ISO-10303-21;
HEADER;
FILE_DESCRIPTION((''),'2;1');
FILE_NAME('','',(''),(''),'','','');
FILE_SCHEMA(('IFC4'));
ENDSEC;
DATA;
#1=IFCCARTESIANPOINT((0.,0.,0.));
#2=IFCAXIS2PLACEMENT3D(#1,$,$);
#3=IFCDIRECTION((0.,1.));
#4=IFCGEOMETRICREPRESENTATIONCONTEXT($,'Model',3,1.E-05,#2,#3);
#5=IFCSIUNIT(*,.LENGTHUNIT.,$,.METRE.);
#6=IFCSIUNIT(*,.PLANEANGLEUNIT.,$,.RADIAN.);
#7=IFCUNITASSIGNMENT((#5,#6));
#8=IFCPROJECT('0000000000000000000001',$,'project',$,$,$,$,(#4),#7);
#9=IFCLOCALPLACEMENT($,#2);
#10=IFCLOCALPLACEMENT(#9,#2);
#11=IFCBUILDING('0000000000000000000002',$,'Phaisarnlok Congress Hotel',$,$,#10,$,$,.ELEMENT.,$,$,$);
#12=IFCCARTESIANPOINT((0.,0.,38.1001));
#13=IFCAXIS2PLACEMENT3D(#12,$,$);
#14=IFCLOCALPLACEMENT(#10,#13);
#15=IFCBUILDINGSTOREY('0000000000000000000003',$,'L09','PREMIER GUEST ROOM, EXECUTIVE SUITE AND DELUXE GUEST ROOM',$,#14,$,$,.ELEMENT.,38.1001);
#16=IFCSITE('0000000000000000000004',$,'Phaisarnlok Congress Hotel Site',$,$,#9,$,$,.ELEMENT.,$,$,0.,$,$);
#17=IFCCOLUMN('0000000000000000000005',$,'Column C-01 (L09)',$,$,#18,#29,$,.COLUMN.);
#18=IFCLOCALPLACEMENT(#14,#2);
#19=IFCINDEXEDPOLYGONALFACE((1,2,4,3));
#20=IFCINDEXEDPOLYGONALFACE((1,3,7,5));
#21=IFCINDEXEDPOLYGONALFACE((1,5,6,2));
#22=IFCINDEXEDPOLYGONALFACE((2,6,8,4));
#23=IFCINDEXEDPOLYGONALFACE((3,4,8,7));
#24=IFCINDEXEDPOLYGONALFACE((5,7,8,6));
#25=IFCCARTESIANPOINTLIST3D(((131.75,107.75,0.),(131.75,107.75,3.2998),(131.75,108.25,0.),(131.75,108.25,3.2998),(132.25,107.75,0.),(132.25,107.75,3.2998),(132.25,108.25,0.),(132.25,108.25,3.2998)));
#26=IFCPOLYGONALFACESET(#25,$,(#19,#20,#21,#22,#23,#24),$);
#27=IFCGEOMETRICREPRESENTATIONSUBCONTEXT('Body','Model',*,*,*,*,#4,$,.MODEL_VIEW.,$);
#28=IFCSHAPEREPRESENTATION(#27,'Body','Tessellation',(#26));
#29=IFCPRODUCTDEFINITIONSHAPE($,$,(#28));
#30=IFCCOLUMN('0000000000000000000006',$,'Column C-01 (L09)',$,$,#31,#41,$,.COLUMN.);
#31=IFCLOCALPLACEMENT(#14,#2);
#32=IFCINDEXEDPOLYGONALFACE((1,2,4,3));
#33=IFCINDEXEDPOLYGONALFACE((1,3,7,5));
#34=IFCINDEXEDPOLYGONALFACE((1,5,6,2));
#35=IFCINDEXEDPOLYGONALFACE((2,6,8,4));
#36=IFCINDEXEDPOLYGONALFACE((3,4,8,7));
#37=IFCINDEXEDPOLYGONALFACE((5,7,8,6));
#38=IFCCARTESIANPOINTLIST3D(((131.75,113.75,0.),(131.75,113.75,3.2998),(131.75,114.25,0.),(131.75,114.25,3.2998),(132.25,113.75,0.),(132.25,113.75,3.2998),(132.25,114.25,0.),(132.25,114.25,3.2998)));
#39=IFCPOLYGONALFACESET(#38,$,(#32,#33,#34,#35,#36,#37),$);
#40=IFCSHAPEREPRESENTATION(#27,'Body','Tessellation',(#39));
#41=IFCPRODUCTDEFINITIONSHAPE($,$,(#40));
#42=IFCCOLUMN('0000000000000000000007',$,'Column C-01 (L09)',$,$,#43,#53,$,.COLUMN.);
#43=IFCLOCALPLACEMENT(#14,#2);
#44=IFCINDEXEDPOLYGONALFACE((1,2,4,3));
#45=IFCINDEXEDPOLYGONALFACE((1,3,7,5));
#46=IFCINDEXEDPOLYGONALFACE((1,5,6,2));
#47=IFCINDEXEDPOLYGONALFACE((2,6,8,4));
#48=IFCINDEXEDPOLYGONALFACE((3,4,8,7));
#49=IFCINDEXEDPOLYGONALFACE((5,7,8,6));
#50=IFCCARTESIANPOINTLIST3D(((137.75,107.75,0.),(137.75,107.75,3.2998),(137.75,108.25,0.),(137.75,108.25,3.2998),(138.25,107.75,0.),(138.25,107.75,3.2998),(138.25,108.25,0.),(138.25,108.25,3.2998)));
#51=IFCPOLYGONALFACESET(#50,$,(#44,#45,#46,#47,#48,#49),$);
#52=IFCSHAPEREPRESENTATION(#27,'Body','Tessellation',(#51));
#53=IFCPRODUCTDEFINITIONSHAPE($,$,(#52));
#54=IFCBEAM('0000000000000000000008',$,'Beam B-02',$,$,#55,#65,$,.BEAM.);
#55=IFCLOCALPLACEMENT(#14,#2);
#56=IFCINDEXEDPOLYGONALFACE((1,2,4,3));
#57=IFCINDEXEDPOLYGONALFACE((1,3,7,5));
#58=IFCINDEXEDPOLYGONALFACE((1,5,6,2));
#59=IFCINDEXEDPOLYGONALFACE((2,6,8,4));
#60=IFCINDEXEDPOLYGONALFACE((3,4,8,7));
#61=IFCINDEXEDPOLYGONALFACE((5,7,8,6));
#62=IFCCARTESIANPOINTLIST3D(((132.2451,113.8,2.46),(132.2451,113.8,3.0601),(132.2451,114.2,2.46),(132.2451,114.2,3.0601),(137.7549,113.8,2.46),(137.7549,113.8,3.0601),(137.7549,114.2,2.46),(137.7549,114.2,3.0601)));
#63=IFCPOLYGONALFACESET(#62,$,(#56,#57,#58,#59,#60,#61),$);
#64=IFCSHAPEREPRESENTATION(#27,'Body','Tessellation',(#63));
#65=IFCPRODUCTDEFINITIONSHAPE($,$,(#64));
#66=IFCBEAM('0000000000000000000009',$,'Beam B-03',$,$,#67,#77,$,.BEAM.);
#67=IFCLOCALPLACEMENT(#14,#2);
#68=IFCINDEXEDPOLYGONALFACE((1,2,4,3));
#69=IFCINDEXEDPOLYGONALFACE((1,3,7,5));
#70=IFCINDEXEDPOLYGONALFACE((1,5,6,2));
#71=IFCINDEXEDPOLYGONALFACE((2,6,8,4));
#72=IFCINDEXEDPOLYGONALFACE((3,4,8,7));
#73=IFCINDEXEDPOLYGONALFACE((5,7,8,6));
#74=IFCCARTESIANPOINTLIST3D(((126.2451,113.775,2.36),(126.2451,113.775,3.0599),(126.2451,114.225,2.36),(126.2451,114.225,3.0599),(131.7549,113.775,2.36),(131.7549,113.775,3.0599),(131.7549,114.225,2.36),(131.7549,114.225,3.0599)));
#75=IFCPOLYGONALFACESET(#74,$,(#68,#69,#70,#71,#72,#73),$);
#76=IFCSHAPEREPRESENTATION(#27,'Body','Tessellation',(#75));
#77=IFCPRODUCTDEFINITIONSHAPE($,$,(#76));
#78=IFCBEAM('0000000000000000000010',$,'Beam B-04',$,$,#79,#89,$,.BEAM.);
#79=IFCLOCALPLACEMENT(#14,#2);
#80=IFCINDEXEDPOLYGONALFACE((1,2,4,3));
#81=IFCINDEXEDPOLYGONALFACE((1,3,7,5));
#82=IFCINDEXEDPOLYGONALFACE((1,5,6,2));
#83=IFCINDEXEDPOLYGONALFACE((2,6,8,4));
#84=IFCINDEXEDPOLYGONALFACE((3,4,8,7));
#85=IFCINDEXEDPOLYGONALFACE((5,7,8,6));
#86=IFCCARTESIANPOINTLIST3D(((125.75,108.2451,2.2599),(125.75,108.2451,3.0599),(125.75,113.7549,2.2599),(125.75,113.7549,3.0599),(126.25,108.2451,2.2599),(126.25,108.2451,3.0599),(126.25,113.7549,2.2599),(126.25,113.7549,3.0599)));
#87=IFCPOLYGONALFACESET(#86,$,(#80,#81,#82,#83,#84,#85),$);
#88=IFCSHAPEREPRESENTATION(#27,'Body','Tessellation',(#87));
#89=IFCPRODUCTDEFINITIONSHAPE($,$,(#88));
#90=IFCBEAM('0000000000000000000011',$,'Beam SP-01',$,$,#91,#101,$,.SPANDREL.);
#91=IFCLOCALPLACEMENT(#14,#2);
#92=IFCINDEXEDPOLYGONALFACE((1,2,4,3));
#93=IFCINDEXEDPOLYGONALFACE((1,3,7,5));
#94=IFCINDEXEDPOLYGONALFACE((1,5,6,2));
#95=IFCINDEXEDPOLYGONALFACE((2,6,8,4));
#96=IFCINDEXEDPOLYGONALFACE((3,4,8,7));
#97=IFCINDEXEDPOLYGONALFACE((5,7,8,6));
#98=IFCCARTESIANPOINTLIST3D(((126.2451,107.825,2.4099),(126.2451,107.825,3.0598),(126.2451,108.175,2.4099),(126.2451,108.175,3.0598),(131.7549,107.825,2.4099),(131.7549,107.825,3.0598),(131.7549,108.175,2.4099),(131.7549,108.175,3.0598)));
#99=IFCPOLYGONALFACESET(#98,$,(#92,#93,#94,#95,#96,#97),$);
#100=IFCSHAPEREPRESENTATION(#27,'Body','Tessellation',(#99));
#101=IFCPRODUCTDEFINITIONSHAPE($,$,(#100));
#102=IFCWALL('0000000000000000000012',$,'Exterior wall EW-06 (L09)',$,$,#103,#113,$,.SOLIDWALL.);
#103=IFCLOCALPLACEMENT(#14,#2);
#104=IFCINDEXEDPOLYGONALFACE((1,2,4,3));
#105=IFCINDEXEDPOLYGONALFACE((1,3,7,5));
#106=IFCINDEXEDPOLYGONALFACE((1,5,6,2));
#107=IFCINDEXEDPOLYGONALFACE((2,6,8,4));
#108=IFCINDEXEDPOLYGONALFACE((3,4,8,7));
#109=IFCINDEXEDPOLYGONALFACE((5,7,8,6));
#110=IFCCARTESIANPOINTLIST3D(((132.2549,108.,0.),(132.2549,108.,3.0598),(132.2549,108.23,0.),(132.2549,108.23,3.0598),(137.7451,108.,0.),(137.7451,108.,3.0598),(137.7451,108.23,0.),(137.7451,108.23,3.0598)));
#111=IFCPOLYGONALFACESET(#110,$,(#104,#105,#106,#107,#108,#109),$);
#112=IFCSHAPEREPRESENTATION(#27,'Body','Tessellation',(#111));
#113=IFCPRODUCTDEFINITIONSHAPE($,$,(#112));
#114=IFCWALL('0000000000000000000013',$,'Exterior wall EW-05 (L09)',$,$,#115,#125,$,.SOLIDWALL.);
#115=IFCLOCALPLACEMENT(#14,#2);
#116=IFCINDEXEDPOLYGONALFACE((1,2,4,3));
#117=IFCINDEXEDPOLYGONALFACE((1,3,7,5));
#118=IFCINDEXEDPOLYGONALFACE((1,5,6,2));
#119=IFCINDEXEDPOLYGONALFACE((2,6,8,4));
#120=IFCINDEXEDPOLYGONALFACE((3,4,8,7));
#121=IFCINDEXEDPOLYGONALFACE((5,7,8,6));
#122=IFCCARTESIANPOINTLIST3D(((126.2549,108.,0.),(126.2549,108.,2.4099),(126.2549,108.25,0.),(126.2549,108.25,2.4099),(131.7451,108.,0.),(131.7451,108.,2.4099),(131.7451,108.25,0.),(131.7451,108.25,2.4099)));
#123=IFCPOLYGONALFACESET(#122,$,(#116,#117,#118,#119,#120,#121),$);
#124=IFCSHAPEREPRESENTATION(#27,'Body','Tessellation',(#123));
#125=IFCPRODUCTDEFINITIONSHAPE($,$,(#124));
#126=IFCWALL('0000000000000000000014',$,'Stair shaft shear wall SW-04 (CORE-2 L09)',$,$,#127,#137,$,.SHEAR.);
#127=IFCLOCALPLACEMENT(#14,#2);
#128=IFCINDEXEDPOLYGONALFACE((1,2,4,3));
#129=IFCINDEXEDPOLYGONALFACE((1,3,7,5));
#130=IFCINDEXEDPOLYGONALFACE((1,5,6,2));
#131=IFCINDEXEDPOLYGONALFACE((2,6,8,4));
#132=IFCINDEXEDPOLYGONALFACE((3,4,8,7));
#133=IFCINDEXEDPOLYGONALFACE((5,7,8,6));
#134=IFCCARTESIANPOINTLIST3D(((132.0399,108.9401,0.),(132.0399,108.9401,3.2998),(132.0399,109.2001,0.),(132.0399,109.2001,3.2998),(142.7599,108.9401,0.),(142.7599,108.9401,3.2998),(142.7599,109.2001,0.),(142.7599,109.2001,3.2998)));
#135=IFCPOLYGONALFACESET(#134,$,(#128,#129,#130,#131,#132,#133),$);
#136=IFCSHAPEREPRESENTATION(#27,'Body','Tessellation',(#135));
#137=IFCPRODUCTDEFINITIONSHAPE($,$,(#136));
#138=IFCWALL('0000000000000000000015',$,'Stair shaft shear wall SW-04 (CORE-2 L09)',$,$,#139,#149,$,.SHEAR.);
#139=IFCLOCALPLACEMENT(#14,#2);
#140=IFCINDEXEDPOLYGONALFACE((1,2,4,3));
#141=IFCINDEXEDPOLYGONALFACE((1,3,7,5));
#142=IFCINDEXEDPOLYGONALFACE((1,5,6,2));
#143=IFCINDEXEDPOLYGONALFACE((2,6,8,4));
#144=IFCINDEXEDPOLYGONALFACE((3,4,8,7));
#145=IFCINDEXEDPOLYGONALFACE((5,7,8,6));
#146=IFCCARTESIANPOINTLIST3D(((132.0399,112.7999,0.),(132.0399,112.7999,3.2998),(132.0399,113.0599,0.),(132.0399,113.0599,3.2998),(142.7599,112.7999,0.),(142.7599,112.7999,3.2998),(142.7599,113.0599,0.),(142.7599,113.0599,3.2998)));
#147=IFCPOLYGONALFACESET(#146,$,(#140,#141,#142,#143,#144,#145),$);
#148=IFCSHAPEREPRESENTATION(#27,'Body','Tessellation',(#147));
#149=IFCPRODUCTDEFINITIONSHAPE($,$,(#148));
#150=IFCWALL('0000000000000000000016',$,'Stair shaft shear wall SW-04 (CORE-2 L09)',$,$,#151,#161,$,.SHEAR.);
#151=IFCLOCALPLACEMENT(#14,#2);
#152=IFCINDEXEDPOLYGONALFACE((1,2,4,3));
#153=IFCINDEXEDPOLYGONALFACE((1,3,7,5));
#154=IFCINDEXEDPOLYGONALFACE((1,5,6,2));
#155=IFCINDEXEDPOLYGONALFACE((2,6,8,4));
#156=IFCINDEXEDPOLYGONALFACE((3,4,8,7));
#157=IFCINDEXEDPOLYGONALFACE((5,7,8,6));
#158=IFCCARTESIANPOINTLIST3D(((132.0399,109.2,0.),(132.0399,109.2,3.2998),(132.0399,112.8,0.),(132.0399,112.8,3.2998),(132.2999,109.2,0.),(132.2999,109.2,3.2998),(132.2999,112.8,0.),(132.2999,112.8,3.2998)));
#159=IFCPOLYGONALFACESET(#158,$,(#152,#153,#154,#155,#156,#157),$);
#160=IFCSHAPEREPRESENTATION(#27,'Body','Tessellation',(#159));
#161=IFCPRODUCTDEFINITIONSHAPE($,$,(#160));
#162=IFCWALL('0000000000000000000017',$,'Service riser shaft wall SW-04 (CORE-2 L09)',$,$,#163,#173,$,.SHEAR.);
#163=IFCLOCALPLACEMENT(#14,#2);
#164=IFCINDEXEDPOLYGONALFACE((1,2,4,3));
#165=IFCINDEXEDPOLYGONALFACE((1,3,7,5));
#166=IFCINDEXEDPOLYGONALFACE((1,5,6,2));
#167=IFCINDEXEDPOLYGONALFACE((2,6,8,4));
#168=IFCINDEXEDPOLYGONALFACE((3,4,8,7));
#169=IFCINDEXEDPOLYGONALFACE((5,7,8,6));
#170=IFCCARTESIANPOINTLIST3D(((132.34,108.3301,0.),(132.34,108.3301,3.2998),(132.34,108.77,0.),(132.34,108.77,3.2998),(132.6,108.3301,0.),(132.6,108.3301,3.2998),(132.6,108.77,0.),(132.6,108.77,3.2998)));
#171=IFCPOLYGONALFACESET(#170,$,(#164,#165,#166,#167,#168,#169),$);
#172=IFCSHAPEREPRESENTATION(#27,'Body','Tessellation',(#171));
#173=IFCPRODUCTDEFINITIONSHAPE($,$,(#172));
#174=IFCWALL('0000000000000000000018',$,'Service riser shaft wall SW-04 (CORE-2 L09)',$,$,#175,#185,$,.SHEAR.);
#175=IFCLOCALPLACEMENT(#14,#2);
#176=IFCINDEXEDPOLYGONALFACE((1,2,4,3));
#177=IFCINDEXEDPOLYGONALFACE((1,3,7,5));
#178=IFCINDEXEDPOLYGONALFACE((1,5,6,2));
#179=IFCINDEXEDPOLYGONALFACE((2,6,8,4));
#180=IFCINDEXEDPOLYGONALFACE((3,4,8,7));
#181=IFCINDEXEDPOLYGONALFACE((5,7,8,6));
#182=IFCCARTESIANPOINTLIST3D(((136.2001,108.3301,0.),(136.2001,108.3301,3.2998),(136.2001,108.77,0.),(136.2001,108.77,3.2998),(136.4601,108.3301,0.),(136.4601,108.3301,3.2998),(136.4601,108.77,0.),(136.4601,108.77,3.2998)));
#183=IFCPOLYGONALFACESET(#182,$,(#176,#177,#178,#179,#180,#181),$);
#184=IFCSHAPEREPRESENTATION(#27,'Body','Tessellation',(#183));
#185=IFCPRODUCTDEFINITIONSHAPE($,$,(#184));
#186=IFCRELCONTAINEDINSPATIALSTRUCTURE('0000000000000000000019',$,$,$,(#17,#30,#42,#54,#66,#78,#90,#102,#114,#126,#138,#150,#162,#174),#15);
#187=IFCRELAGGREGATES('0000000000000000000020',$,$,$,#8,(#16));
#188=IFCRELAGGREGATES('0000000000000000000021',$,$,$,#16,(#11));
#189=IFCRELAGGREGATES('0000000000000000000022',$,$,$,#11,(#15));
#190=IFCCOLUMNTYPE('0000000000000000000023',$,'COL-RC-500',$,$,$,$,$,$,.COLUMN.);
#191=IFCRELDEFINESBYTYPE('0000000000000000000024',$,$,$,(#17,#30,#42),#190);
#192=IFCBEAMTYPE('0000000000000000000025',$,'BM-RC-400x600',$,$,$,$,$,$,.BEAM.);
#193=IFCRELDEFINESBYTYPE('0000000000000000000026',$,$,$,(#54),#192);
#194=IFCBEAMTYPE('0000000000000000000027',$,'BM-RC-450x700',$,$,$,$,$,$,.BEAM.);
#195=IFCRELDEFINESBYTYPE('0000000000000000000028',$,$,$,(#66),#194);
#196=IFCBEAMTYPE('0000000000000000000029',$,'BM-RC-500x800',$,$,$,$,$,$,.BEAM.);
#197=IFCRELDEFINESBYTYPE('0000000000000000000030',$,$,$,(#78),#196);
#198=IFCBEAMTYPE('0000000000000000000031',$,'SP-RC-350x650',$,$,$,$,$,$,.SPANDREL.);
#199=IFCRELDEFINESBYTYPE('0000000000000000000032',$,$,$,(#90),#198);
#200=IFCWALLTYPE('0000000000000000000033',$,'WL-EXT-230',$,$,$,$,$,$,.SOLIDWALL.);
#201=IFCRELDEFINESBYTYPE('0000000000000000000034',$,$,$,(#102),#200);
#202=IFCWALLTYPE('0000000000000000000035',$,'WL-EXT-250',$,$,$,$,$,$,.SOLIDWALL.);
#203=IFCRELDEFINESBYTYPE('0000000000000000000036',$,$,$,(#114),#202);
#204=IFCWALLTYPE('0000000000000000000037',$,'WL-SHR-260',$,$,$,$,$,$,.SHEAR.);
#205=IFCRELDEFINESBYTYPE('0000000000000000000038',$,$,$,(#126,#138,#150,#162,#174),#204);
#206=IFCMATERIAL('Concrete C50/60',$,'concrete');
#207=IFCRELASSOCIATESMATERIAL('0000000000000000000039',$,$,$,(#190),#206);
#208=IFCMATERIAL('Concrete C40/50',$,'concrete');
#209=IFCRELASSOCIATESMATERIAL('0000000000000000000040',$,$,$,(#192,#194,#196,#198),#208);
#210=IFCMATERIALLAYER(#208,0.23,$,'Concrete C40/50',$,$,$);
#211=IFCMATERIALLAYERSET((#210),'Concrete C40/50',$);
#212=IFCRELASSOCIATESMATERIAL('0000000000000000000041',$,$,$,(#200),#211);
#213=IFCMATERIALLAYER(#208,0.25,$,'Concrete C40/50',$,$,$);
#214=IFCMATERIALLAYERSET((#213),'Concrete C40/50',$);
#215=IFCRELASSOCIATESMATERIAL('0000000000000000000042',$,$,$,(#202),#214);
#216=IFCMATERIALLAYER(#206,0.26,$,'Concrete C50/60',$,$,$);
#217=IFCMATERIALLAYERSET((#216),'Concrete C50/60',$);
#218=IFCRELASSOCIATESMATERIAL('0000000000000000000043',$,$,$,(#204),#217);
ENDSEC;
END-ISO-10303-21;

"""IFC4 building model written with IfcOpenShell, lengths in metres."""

from ifc_helpers import new_model, si_unit, direction, frame, frame_2d, origin, origin_2d, place, context, subcontext, project, spatial, rectangle, extrude, material, layer, layer_set, material_profile, profile_set, type_object, element, save


model = new_model("IFC4")

# Units and contexts
model_context = context("Model", 3, precision=1e-05, world=origin(), true_north=direction((0.0, 1.0)))
body_context = subcontext(model_context, "Body", "Model", "MODEL_VIEW")
ifc_project = project(units=[si_unit("LENGTHUNIT", "METRE"), si_unit("PLANEANGLEUNIT", "RADIAN")], contexts=[model_context])

# Site, building, storey
site_placement = place(None, origin())
site = spatial("IfcSite", under=ifc_project, at=site_placement, Name="Phaisarnlok Congress Hotel Site", CompositionType="ELEMENT", RefElevation=0.0)
building_placement = place(site_placement, origin())
building = spatial("IfcBuilding", under=site, at=building_placement, Name="Phaisarnlok Congress Hotel", CompositionType="ELEMENT")
storey_placement = place(building_placement, frame((0.0, 0.0, 38.1001)))
storey = spatial("IfcBuildingStorey", under=building, at=storey_placement, Name="L09", Description="PREMIER GUEST ROOM, EXECUTIVE SUITE AND DELUXE GUEST ROOM", CompositionType="ELEMENT", Elevation=38.1001)

# Columns
ifc_material_1 = material(Name="Concrete C50/60", Category="concrete")
ifc_material_profile_1 = material_profile(ifc_material_1, rectangle(XDim=0.5, YDim=0.5, at=origin_2d()), Name="RC 500x500")
ifc_profile_set_1 = profile_set([ifc_material_profile_1], Name="Concrete C50/60")
column_type = type_object("IfcColumnType", Name="COL-RC-500", PredefinedType="COLUMN", material=ifc_profile_set_1)
for number, where, z_axis, x_axis, name in (
    (1, (132.0, 108.0, 0.0), (0.0, 0.0, 1.0), (1.0, 0.0, 0.0), "Column C-01 (L09)"),
    (2, (132.0, 114.0, 0.0), (0.0, 0.0, 1.0), (1.0, 0.0, 0.0), "Column C-01 (L09)"),
    (3, (138.0, 108.0, 0.0), (0.0, 0.0, 1.0), (1.0, 0.0, 0.0), "Column C-01 (L09)"),
):
    element("IfcColumn", number, at=place(storey_placement, frame(where, z_axis=z_axis, x_axis=x_axis)), inside=storey, type_object=column_type, Name=name, PredefinedType="COLUMN", context=body_context, shape_type="SweptSolid", body=[
        extrude(rectangle(XDim=0.5, YDim=0.5, at=origin_2d()), origin(), (0.0, 0.0, 1.0), 3.2998),
    ])

# Beams
ifc_material_2 = material(Name="Concrete C40/50", Category="concrete")
ifc_material_profile_2 = material_profile(ifc_material_2, rectangle(XDim=0.3999, YDim=0.6001, at=origin_2d()), Name="RC 400x600")
ifc_profile_set_2 = profile_set([ifc_material_profile_2], Name="Concrete C40/50")
beam_type_1 = type_object("IfcBeamType", Name="BM-RC-400x600", PredefinedType="BEAM", material=ifc_profile_set_2)
beam_1_placement = place(storey_placement, frame((132.2451, 114.0, 2.76), z_axis=(1.0, 0.0, 0.0), x_axis=(0.0, 1.0, 0.0)))
element("IfcBeam", 4, at=beam_1_placement, inside=storey, type_object=beam_type_1, Name="Beam B-02", PredefinedType="BEAM", context=body_context, shape_type="SweptSolid", body=[
    extrude(rectangle(XDim=0.3999, YDim=0.6001, at=origin_2d()), origin(), (0.0, 0.0, 1.0), 5.5098),
])
ifc_material_profile_3 = material_profile(ifc_material_2, rectangle(XDim=0.45, YDim=0.7, at=origin_2d()), Name="RC 450x700")
ifc_profile_set_3 = profile_set([ifc_material_profile_3], Name="Concrete C40/50")
beam_type_2 = type_object("IfcBeamType", Name="BM-RC-450x700", PredefinedType="BEAM", material=ifc_profile_set_3)
beam_2_placement = place(storey_placement, frame((126.2451, 114.0, 2.71), z_axis=(1.0, 0.0, 0.0), x_axis=(0.0, 1.0, 0.0)))
element("IfcBeam", 5, at=beam_2_placement, inside=storey, type_object=beam_type_2, Name="Beam B-03", PredefinedType="BEAM", context=body_context, shape_type="SweptSolid", body=[
    extrude(rectangle(XDim=0.45, YDim=0.7, at=origin_2d()), origin(), (0.0, 0.0, 1.0), 5.5098),
])
ifc_material_profile_4 = material_profile(ifc_material_2, rectangle(XDim=0.5, YDim=0.8, at=origin_2d()), Name="RC 500x800")
ifc_profile_set_4 = profile_set([ifc_material_profile_4], Name="Concrete C40/50")
beam_type_3 = type_object("IfcBeamType", Name="BM-RC-500x800", PredefinedType="BEAM", material=ifc_profile_set_4)
beam_3_placement = place(storey_placement, frame((126.0, 108.2451, 2.6599), z_axis=(0.0, 1.0, 0.0), x_axis=(-1.0, 0.0, 0.0)))
element("IfcBeam", 6, at=beam_3_placement, inside=storey, type_object=beam_type_3, Name="Beam B-04", PredefinedType="BEAM", context=body_context, shape_type="SweptSolid", body=[
    extrude(rectangle(XDim=0.5, YDim=0.8, at=origin_2d()), origin(), (0.0, 0.0, 1.0), 5.5098),
])
ifc_material_profile_5 = material_profile(ifc_material_2, rectangle(XDim=0.3501, YDim=0.6499, at=origin_2d()), Name="RC 350x650")
ifc_profile_set_5 = profile_set([ifc_material_profile_5], Name="Concrete C40/50")
beam_type_4 = type_object("IfcBeamType", Name="SP-RC-350x650", PredefinedType="SPANDREL", material=ifc_profile_set_5)
beam_4_placement = place(storey_placement, frame((126.2451, 108.0, 2.7349), z_axis=(1.0, 0.0, 0.0), x_axis=(0.0, 1.0, 0.0)))
element("IfcBeam", 7, at=beam_4_placement, inside=storey, type_object=beam_type_4, Name="Beam SP-01", PredefinedType="SPANDREL", context=body_context, shape_type="SweptSolid", body=[
    extrude(rectangle(XDim=0.3501, YDim=0.6499, at=origin_2d()), origin(), (0.0, 0.0, 1.0), 5.5098),
])

# Walls
ifc_layer_1 = layer(ifc_material_2, 0.23, Name="Concrete C40/50")
ifc_layer_set_1 = layer_set([ifc_layer_1], Name="Concrete C40/50")
wall_type_1 = type_object("IfcWallType", Name="WL-EXT-230", PredefinedType="SOLIDWALL", material=ifc_layer_set_1)
wall_1_placement = place(storey_placement, frame((132.2549, 108.115, 0.0), z_axis=(0.0, 0.0, 1.0), x_axis=(1.0, 0.0, 0.0)))
element("IfcWall", 8, at=wall_1_placement, inside=storey, type_object=wall_type_1, Name="Exterior wall EW-06 (L09)", PredefinedType="SOLIDWALL", context=body_context, shape_type="SweptSolid", body=[
    extrude(rectangle(XDim=5.4902, YDim=0.23, at=frame_2d((2.7451, 0.0))), origin(), (0.0, 0.0, 1.0), 3.0598),
])
ifc_layer_2 = layer(ifc_material_2, 0.25, Name="Concrete C40/50")
ifc_layer_set_2 = layer_set([ifc_layer_2], Name="Concrete C40/50")
wall_type_2 = type_object("IfcWallType", Name="WL-EXT-250", PredefinedType="SOLIDWALL", material=ifc_layer_set_2)
wall_2_placement = place(storey_placement, frame((126.2549, 108.125, 0.0), z_axis=(0.0, 0.0, 1.0), x_axis=(1.0, 0.0, 0.0)))
element("IfcWall", 9, at=wall_2_placement, inside=storey, type_object=wall_type_2, Name="Exterior wall EW-05 (L09)", PredefinedType="SOLIDWALL", context=body_context, shape_type="SweptSolid", body=[
    extrude(rectangle(XDim=5.4902, YDim=0.25, at=frame_2d((2.7451, 0.0))), origin(), (0.0, 0.0, 1.0), 2.4099),
])
ifc_layer_3 = layer(ifc_material_1, 0.26, Name="Concrete C50/60")
ifc_layer_set_3 = layer_set([ifc_layer_3], Name="Concrete C50/60")
wall_type_3 = type_object("IfcWallType", Name="WL-SHR-260", PredefinedType="SHEAR", material=ifc_layer_set_3)
for number, where, z_axis, x_axis, name in (
    (10, (132.04, 109.0701, 0.0), (0.0, 0.0, 1.0), (1.0, 0.0, 0.0), "Stair shaft shear wall SW-04 (CORE-2 L09)"),
    (11, (132.04, 112.9299, 0.0), (0.0, 0.0, 1.0), (1.0, 0.0, 0.0), "Stair shaft shear wall SW-04 (CORE-2 L09)"),
):
    element("IfcWall", number, at=place(storey_placement, frame(where, z_axis=z_axis, x_axis=x_axis)), inside=storey, type_object=wall_type_3, Name=name, PredefinedType="SHEAR", context=body_context, shape_type="SweptSolid", body=[
        extrude(rectangle(XDim=10.72, YDim=0.26, at=frame_2d((5.3599, 0.0))), origin(), (0.0, 0.0, 1.0), 3.2998),
    ])
wall_3_placement = place(storey_placement, frame((132.1699, 109.2, 0.0), z_axis=(0.0, 0.0, 1.0), x_axis=(0.0, 1.0, 0.0)))
element("IfcWall", 12, at=wall_3_placement, inside=storey, type_object=wall_type_3, Name="Stair shaft shear wall SW-04 (CORE-2 L09)", PredefinedType="SHEAR", context=body_context, shape_type="SweptSolid", body=[
    extrude(rectangle(XDim=3.6001, YDim=0.26, at=frame_2d((1.8, 0.0))), origin(), (0.0, 0.0, 1.0), 3.2998),
])
for number, where, z_axis, x_axis, name in (
    (13, (132.47, 108.3301, 0.0), (0.0, 0.0, 1.0), (0.0, 1.0, 0.0), "Service riser shaft wall SW-04 (CORE-2 L09)"),
    (14, (136.3301, 108.3301, 0.0), (0.0, 0.0, 1.0), (0.0, 1.0, 0.0), "Service riser shaft wall SW-04 (CORE-2 L09)"),
):
    element("IfcWall", number, at=place(storey_placement, frame(where, z_axis=z_axis, x_axis=x_axis)), inside=storey, type_object=wall_type_3, Name=name, PredefinedType="SHEAR", context=body_context, shape_type="SweptSolid", body=[
        extrude(rectangle(XDim=0.4399, YDim=0.26, at=frame_2d((0.22, 0.0))), origin(), (0.0, 0.0, 1.0), 3.2998),
    ])

save(model, "model.ifc")
